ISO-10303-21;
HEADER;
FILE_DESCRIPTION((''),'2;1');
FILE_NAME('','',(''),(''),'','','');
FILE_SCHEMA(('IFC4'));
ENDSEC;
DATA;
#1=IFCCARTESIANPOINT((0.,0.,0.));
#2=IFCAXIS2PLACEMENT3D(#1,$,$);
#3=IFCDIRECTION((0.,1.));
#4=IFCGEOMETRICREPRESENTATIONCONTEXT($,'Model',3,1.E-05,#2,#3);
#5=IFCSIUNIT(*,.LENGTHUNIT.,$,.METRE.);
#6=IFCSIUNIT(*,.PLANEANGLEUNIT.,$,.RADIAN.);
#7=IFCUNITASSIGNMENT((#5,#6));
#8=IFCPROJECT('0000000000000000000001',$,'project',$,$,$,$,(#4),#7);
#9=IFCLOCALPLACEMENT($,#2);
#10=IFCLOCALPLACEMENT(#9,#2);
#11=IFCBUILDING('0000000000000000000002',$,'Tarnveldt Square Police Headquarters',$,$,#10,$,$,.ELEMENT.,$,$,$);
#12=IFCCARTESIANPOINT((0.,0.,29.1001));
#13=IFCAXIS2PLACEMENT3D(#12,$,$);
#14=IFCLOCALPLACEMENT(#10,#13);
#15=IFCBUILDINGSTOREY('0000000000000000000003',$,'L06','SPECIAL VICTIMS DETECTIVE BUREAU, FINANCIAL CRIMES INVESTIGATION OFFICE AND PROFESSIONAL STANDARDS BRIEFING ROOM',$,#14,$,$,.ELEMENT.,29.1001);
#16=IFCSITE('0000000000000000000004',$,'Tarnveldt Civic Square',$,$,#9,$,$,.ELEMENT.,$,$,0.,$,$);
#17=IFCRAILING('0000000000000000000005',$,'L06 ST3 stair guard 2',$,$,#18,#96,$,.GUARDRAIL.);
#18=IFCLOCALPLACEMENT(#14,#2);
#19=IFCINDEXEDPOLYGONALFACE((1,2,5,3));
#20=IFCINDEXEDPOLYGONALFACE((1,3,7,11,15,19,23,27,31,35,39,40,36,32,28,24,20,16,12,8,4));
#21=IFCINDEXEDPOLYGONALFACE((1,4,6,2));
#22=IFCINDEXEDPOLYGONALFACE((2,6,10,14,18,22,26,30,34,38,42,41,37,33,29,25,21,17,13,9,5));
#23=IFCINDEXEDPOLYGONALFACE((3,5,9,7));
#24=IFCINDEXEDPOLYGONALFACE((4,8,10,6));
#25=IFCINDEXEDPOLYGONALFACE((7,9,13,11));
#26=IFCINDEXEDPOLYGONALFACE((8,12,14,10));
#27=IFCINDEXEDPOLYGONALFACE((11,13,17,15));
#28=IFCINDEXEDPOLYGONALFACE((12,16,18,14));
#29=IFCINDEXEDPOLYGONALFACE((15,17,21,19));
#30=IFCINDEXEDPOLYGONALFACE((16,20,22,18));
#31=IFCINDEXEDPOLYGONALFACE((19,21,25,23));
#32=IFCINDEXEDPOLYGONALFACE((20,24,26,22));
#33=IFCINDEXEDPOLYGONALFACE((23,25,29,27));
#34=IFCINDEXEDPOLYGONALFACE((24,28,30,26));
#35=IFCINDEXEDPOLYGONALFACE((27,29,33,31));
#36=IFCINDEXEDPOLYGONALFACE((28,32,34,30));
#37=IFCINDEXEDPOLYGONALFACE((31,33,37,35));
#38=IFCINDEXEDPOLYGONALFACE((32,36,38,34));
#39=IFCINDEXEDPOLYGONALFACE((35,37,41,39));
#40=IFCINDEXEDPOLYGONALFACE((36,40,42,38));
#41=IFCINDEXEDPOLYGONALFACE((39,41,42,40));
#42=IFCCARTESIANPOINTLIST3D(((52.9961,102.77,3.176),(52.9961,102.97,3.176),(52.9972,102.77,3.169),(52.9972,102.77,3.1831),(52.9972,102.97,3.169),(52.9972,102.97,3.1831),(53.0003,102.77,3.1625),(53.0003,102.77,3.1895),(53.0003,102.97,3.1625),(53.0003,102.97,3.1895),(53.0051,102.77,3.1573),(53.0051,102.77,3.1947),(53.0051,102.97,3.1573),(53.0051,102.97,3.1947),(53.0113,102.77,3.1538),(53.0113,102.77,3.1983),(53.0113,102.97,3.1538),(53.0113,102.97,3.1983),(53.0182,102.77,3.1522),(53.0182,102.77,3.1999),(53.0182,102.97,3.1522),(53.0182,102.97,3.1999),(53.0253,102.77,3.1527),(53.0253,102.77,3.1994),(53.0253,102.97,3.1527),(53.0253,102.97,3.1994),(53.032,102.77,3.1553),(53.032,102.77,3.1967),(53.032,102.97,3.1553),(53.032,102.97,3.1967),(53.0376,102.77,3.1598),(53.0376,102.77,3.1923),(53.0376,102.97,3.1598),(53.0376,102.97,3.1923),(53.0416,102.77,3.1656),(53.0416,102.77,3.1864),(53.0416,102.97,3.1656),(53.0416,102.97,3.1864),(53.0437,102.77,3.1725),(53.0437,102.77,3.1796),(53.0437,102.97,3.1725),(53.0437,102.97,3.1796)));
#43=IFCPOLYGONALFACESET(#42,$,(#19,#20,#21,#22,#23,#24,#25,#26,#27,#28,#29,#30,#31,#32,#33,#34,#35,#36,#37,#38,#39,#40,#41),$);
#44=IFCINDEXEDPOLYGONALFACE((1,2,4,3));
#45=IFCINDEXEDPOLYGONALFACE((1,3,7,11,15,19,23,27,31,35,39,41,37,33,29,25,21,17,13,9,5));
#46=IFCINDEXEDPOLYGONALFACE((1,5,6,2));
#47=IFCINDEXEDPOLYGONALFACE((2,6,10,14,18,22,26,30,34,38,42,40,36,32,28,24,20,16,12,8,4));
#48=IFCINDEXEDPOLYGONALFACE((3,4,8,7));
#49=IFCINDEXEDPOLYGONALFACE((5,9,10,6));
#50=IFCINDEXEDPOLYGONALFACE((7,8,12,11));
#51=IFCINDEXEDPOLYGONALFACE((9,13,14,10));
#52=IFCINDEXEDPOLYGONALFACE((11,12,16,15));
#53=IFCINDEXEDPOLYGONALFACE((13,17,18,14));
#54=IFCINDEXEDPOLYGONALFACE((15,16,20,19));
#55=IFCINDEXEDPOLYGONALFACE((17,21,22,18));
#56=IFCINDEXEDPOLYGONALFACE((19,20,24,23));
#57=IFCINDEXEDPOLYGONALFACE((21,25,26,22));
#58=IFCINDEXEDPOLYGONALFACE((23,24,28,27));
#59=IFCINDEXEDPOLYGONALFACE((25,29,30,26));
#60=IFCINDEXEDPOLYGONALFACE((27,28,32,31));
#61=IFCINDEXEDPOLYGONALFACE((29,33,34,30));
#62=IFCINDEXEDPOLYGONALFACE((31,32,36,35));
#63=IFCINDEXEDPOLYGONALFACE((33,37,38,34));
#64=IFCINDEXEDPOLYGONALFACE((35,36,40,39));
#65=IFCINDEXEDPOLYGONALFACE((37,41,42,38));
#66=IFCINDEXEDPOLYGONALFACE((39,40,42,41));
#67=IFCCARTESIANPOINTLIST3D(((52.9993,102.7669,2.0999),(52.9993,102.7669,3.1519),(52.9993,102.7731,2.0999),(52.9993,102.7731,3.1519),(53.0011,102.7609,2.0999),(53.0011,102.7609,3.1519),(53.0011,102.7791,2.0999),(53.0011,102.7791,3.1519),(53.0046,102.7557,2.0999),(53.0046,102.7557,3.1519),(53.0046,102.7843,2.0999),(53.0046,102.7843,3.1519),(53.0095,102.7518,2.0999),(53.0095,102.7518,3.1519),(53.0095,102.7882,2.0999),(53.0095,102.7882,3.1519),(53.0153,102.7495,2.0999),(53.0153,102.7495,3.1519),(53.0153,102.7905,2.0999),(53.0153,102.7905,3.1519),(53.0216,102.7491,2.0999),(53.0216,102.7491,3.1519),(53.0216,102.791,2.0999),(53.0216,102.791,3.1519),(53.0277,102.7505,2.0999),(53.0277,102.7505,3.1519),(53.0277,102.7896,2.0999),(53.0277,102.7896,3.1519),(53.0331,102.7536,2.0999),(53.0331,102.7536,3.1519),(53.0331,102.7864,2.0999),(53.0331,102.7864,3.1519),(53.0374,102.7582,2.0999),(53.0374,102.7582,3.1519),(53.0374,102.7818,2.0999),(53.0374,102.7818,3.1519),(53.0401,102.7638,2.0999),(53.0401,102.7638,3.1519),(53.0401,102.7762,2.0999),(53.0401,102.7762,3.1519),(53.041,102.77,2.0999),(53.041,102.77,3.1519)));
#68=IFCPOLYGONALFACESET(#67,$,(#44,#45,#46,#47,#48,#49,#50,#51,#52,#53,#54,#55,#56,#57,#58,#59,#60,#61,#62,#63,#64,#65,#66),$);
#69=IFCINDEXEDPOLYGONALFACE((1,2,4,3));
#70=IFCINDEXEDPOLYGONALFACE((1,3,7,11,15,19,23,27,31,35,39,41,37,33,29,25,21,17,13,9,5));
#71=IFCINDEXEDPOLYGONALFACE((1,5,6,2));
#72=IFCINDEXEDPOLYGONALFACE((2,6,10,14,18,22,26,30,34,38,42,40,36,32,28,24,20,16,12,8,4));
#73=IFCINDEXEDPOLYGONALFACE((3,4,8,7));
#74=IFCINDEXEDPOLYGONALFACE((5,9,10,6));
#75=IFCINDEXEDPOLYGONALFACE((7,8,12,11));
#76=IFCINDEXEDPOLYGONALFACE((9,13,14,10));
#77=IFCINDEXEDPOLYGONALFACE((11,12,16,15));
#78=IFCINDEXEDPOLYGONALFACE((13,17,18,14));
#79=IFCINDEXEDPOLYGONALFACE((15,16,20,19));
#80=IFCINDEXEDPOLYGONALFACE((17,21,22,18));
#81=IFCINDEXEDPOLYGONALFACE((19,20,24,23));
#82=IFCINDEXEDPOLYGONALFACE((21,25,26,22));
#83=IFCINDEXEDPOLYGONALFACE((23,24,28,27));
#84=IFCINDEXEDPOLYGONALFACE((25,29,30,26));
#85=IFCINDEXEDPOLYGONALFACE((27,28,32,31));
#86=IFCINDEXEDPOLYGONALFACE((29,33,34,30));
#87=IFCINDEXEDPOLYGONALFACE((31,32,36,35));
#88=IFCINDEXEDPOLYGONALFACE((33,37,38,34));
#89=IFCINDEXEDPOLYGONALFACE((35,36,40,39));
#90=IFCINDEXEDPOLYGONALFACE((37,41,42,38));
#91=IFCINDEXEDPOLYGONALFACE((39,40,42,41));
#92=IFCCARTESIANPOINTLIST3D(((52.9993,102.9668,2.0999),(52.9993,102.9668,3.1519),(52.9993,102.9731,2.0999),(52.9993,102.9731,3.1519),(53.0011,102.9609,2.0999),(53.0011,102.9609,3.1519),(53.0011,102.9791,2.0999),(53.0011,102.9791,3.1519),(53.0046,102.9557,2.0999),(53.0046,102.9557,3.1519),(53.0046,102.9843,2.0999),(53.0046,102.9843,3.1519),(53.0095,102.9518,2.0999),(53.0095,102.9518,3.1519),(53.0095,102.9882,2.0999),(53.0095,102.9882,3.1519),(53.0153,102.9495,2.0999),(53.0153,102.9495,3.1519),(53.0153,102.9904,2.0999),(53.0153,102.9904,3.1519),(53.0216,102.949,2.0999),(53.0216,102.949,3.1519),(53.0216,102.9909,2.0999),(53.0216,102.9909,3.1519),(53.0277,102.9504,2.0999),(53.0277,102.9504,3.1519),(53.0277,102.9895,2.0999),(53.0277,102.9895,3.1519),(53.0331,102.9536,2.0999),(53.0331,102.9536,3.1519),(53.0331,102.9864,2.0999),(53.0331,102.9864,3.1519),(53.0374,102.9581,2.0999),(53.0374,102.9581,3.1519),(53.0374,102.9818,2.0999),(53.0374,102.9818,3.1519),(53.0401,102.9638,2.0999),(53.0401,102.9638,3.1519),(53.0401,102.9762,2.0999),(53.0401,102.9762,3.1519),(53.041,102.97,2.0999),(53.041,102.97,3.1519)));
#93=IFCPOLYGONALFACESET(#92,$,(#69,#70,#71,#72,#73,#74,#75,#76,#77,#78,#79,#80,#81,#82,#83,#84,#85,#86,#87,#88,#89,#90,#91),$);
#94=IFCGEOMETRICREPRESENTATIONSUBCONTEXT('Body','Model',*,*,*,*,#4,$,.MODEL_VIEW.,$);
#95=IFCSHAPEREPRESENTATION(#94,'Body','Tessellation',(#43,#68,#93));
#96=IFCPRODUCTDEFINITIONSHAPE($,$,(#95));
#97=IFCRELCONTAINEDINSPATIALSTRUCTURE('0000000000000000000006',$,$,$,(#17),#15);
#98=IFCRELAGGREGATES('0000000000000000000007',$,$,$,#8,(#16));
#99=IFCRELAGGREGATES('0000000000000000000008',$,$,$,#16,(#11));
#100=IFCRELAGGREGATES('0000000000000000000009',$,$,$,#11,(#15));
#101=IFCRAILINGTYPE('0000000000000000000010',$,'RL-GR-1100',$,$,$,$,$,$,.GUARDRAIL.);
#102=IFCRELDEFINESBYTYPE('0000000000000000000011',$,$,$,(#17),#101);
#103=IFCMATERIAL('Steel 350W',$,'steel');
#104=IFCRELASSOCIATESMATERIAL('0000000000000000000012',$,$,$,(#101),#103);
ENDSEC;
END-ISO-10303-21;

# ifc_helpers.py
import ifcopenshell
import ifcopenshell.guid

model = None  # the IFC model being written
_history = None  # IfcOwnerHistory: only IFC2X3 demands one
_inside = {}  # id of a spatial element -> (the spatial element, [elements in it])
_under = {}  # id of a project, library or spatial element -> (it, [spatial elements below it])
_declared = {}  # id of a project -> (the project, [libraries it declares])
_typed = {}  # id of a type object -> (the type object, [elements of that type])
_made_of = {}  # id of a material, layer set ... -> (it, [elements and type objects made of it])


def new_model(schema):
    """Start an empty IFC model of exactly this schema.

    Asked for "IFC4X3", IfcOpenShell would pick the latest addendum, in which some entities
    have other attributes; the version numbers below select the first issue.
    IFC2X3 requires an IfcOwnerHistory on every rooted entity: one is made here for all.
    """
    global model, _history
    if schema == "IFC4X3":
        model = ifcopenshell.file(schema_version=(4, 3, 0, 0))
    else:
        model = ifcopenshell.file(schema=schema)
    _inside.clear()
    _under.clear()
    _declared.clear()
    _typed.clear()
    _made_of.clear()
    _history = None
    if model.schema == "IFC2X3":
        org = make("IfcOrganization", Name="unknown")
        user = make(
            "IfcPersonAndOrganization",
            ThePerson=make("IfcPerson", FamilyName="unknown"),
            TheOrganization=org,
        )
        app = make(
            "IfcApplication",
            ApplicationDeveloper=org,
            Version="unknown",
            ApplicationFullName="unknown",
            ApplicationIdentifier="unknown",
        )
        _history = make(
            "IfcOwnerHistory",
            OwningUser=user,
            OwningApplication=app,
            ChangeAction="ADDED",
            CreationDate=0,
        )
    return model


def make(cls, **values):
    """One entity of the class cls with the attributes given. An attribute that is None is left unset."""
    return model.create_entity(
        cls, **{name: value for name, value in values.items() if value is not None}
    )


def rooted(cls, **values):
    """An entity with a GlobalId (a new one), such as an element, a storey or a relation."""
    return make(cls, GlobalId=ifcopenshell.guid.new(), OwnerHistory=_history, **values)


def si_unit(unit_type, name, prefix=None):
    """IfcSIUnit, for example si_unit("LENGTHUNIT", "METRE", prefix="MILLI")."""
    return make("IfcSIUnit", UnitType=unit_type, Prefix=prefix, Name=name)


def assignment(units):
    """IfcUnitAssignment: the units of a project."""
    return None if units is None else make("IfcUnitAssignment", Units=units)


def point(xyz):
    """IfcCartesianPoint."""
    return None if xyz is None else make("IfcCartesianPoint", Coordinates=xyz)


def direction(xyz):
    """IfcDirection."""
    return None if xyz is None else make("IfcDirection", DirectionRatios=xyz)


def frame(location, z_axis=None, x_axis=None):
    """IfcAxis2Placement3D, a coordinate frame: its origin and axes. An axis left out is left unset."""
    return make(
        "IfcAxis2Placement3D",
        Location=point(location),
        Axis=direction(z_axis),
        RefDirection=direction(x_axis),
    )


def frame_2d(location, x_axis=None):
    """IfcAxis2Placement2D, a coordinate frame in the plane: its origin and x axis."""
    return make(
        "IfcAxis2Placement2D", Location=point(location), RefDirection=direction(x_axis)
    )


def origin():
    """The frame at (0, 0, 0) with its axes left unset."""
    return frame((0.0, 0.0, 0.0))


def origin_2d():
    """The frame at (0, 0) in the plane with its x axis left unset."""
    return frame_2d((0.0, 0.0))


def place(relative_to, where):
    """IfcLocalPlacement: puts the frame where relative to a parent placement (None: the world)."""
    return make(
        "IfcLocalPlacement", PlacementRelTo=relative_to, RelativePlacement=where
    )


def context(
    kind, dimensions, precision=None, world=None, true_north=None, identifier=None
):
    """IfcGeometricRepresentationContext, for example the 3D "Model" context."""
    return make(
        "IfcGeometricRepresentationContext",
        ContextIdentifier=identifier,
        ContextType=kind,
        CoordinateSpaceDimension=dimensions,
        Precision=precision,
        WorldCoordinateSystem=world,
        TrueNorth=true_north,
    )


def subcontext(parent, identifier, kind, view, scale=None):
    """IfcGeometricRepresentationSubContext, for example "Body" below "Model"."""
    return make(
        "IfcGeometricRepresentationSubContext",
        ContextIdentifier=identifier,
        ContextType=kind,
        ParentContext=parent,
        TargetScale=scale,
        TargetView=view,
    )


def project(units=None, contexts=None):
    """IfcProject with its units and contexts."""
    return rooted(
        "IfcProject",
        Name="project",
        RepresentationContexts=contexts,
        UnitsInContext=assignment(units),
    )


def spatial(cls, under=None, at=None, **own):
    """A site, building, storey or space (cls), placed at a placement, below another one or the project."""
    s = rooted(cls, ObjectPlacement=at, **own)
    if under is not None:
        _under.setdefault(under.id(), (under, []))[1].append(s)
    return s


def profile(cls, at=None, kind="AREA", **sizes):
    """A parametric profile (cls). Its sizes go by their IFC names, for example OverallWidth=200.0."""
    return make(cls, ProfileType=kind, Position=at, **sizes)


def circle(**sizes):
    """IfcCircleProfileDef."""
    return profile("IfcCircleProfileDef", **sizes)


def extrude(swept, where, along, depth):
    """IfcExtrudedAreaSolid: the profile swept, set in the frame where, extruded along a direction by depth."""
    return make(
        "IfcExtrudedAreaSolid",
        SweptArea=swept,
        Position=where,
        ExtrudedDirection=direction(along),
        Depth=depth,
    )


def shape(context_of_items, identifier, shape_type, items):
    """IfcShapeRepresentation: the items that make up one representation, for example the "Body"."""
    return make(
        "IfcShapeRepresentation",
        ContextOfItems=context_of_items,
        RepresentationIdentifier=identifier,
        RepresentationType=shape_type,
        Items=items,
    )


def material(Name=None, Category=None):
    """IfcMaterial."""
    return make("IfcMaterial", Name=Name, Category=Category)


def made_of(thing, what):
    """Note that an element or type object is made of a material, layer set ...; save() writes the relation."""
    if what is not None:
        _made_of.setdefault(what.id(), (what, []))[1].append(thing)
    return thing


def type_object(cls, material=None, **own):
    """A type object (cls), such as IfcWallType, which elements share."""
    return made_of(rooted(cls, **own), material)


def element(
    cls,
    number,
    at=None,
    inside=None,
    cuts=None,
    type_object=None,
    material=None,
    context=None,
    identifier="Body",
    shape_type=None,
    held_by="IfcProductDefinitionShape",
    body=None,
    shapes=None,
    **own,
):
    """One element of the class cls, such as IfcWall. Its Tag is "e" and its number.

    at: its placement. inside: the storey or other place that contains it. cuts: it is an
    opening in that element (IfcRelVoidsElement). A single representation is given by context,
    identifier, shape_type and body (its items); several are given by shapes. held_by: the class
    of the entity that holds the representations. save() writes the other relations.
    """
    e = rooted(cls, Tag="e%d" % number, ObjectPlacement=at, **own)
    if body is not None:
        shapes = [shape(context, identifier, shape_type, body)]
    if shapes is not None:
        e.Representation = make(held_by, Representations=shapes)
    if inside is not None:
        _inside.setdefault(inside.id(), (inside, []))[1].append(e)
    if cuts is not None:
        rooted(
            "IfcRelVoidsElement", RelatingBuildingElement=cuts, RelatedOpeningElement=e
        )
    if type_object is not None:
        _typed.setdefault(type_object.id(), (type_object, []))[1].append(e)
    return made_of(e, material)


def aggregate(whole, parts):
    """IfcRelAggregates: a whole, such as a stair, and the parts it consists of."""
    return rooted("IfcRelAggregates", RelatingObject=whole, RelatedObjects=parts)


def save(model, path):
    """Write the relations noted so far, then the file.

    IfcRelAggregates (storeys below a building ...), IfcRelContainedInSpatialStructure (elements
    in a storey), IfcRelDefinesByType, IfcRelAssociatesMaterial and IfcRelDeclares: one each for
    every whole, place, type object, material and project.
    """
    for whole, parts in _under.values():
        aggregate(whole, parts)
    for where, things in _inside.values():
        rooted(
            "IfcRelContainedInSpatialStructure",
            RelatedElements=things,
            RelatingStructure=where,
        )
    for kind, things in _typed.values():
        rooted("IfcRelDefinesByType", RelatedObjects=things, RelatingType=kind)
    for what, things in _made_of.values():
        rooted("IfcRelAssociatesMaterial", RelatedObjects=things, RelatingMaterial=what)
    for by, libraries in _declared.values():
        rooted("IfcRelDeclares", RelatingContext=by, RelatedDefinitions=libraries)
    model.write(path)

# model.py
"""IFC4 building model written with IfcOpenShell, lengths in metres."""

from ifc_helpers import new_model, si_unit, direction, frame, origin, origin_2d, place, context, subcontext, project, spatial, circle, extrude, material, type_object, element, save


model = new_model("IFC4")

# Units and contexts
model_context = context("Model", 3, precision=1e-05, world=origin(), true_north=direction((0.0, 1.0)))
body_context = subcontext(model_context, "Body", "Model", "MODEL_VIEW")
ifc_project = project(units=[si_unit("LENGTHUNIT", "METRE"), si_unit("PLANEANGLEUNIT", "RADIAN")], contexts=[model_context])

# Site, building, storey
site_placement = place(None, origin())
site = spatial("IfcSite", under=ifc_project, at=site_placement, Name="Tarnveldt Civic Square", CompositionType="ELEMENT", RefElevation=0.0)
building_placement = place(site_placement, origin())
building = spatial("IfcBuilding", under=site, at=building_placement, Name="Tarnveldt Square Police Headquarters", CompositionType="ELEMENT")
storey_placement = place(building_placement, frame((0.0, 0.0, 29.1001)))
storey = spatial("IfcBuildingStorey", under=building, at=storey_placement, Name="L06", Description="SPECIAL VICTIMS DETECTIVE BUREAU, FINANCIAL CRIMES INVESTIGATION OFFICE AND PROFESSIONAL STANDARDS BRIEFING ROOM", CompositionType="ELEMENT", Elevation=29.1001)

# Shared definitions
ifc_material_1 = material(Name="Steel 350W", Category="steel")

# Railing
railing_type_1 = type_object("IfcRailingType", Name="RL-GR-1100", PredefinedType="GUARDRAIL", material=ifc_material_1)
railing_1_placement = place(storey_placement, frame((53.02, 102.77, 2.0999)))
element("IfcRailing", 1, at=railing_1_placement, inside=storey, type_object=railing_type_1, Name="L06 ST3 stair guard 2", PredefinedType="GUARDRAIL", context=body_context, shape_type="SweptSolid", body=[
    extrude(circle(Radius=0.0239, at=origin_2d()), frame((0.0, 0.0, 1.0762), z_axis=(0.0, 1.0, 0.0), x_axis=(-1.0, 0.0, 0.0)), (0.0, 0.0, 1.0), 0.2),
    extrude(circle(Radius=0.021, at=origin_2d()), origin(), (0.0, 0.0, 1.0), 1.052),
    extrude(circle(Radius=0.021, at=origin_2d()), frame((0.0, 0.2, 0.0)), (0.0, 0.0, 1.0), 1.052),
])

save(model, "model.ifc")
